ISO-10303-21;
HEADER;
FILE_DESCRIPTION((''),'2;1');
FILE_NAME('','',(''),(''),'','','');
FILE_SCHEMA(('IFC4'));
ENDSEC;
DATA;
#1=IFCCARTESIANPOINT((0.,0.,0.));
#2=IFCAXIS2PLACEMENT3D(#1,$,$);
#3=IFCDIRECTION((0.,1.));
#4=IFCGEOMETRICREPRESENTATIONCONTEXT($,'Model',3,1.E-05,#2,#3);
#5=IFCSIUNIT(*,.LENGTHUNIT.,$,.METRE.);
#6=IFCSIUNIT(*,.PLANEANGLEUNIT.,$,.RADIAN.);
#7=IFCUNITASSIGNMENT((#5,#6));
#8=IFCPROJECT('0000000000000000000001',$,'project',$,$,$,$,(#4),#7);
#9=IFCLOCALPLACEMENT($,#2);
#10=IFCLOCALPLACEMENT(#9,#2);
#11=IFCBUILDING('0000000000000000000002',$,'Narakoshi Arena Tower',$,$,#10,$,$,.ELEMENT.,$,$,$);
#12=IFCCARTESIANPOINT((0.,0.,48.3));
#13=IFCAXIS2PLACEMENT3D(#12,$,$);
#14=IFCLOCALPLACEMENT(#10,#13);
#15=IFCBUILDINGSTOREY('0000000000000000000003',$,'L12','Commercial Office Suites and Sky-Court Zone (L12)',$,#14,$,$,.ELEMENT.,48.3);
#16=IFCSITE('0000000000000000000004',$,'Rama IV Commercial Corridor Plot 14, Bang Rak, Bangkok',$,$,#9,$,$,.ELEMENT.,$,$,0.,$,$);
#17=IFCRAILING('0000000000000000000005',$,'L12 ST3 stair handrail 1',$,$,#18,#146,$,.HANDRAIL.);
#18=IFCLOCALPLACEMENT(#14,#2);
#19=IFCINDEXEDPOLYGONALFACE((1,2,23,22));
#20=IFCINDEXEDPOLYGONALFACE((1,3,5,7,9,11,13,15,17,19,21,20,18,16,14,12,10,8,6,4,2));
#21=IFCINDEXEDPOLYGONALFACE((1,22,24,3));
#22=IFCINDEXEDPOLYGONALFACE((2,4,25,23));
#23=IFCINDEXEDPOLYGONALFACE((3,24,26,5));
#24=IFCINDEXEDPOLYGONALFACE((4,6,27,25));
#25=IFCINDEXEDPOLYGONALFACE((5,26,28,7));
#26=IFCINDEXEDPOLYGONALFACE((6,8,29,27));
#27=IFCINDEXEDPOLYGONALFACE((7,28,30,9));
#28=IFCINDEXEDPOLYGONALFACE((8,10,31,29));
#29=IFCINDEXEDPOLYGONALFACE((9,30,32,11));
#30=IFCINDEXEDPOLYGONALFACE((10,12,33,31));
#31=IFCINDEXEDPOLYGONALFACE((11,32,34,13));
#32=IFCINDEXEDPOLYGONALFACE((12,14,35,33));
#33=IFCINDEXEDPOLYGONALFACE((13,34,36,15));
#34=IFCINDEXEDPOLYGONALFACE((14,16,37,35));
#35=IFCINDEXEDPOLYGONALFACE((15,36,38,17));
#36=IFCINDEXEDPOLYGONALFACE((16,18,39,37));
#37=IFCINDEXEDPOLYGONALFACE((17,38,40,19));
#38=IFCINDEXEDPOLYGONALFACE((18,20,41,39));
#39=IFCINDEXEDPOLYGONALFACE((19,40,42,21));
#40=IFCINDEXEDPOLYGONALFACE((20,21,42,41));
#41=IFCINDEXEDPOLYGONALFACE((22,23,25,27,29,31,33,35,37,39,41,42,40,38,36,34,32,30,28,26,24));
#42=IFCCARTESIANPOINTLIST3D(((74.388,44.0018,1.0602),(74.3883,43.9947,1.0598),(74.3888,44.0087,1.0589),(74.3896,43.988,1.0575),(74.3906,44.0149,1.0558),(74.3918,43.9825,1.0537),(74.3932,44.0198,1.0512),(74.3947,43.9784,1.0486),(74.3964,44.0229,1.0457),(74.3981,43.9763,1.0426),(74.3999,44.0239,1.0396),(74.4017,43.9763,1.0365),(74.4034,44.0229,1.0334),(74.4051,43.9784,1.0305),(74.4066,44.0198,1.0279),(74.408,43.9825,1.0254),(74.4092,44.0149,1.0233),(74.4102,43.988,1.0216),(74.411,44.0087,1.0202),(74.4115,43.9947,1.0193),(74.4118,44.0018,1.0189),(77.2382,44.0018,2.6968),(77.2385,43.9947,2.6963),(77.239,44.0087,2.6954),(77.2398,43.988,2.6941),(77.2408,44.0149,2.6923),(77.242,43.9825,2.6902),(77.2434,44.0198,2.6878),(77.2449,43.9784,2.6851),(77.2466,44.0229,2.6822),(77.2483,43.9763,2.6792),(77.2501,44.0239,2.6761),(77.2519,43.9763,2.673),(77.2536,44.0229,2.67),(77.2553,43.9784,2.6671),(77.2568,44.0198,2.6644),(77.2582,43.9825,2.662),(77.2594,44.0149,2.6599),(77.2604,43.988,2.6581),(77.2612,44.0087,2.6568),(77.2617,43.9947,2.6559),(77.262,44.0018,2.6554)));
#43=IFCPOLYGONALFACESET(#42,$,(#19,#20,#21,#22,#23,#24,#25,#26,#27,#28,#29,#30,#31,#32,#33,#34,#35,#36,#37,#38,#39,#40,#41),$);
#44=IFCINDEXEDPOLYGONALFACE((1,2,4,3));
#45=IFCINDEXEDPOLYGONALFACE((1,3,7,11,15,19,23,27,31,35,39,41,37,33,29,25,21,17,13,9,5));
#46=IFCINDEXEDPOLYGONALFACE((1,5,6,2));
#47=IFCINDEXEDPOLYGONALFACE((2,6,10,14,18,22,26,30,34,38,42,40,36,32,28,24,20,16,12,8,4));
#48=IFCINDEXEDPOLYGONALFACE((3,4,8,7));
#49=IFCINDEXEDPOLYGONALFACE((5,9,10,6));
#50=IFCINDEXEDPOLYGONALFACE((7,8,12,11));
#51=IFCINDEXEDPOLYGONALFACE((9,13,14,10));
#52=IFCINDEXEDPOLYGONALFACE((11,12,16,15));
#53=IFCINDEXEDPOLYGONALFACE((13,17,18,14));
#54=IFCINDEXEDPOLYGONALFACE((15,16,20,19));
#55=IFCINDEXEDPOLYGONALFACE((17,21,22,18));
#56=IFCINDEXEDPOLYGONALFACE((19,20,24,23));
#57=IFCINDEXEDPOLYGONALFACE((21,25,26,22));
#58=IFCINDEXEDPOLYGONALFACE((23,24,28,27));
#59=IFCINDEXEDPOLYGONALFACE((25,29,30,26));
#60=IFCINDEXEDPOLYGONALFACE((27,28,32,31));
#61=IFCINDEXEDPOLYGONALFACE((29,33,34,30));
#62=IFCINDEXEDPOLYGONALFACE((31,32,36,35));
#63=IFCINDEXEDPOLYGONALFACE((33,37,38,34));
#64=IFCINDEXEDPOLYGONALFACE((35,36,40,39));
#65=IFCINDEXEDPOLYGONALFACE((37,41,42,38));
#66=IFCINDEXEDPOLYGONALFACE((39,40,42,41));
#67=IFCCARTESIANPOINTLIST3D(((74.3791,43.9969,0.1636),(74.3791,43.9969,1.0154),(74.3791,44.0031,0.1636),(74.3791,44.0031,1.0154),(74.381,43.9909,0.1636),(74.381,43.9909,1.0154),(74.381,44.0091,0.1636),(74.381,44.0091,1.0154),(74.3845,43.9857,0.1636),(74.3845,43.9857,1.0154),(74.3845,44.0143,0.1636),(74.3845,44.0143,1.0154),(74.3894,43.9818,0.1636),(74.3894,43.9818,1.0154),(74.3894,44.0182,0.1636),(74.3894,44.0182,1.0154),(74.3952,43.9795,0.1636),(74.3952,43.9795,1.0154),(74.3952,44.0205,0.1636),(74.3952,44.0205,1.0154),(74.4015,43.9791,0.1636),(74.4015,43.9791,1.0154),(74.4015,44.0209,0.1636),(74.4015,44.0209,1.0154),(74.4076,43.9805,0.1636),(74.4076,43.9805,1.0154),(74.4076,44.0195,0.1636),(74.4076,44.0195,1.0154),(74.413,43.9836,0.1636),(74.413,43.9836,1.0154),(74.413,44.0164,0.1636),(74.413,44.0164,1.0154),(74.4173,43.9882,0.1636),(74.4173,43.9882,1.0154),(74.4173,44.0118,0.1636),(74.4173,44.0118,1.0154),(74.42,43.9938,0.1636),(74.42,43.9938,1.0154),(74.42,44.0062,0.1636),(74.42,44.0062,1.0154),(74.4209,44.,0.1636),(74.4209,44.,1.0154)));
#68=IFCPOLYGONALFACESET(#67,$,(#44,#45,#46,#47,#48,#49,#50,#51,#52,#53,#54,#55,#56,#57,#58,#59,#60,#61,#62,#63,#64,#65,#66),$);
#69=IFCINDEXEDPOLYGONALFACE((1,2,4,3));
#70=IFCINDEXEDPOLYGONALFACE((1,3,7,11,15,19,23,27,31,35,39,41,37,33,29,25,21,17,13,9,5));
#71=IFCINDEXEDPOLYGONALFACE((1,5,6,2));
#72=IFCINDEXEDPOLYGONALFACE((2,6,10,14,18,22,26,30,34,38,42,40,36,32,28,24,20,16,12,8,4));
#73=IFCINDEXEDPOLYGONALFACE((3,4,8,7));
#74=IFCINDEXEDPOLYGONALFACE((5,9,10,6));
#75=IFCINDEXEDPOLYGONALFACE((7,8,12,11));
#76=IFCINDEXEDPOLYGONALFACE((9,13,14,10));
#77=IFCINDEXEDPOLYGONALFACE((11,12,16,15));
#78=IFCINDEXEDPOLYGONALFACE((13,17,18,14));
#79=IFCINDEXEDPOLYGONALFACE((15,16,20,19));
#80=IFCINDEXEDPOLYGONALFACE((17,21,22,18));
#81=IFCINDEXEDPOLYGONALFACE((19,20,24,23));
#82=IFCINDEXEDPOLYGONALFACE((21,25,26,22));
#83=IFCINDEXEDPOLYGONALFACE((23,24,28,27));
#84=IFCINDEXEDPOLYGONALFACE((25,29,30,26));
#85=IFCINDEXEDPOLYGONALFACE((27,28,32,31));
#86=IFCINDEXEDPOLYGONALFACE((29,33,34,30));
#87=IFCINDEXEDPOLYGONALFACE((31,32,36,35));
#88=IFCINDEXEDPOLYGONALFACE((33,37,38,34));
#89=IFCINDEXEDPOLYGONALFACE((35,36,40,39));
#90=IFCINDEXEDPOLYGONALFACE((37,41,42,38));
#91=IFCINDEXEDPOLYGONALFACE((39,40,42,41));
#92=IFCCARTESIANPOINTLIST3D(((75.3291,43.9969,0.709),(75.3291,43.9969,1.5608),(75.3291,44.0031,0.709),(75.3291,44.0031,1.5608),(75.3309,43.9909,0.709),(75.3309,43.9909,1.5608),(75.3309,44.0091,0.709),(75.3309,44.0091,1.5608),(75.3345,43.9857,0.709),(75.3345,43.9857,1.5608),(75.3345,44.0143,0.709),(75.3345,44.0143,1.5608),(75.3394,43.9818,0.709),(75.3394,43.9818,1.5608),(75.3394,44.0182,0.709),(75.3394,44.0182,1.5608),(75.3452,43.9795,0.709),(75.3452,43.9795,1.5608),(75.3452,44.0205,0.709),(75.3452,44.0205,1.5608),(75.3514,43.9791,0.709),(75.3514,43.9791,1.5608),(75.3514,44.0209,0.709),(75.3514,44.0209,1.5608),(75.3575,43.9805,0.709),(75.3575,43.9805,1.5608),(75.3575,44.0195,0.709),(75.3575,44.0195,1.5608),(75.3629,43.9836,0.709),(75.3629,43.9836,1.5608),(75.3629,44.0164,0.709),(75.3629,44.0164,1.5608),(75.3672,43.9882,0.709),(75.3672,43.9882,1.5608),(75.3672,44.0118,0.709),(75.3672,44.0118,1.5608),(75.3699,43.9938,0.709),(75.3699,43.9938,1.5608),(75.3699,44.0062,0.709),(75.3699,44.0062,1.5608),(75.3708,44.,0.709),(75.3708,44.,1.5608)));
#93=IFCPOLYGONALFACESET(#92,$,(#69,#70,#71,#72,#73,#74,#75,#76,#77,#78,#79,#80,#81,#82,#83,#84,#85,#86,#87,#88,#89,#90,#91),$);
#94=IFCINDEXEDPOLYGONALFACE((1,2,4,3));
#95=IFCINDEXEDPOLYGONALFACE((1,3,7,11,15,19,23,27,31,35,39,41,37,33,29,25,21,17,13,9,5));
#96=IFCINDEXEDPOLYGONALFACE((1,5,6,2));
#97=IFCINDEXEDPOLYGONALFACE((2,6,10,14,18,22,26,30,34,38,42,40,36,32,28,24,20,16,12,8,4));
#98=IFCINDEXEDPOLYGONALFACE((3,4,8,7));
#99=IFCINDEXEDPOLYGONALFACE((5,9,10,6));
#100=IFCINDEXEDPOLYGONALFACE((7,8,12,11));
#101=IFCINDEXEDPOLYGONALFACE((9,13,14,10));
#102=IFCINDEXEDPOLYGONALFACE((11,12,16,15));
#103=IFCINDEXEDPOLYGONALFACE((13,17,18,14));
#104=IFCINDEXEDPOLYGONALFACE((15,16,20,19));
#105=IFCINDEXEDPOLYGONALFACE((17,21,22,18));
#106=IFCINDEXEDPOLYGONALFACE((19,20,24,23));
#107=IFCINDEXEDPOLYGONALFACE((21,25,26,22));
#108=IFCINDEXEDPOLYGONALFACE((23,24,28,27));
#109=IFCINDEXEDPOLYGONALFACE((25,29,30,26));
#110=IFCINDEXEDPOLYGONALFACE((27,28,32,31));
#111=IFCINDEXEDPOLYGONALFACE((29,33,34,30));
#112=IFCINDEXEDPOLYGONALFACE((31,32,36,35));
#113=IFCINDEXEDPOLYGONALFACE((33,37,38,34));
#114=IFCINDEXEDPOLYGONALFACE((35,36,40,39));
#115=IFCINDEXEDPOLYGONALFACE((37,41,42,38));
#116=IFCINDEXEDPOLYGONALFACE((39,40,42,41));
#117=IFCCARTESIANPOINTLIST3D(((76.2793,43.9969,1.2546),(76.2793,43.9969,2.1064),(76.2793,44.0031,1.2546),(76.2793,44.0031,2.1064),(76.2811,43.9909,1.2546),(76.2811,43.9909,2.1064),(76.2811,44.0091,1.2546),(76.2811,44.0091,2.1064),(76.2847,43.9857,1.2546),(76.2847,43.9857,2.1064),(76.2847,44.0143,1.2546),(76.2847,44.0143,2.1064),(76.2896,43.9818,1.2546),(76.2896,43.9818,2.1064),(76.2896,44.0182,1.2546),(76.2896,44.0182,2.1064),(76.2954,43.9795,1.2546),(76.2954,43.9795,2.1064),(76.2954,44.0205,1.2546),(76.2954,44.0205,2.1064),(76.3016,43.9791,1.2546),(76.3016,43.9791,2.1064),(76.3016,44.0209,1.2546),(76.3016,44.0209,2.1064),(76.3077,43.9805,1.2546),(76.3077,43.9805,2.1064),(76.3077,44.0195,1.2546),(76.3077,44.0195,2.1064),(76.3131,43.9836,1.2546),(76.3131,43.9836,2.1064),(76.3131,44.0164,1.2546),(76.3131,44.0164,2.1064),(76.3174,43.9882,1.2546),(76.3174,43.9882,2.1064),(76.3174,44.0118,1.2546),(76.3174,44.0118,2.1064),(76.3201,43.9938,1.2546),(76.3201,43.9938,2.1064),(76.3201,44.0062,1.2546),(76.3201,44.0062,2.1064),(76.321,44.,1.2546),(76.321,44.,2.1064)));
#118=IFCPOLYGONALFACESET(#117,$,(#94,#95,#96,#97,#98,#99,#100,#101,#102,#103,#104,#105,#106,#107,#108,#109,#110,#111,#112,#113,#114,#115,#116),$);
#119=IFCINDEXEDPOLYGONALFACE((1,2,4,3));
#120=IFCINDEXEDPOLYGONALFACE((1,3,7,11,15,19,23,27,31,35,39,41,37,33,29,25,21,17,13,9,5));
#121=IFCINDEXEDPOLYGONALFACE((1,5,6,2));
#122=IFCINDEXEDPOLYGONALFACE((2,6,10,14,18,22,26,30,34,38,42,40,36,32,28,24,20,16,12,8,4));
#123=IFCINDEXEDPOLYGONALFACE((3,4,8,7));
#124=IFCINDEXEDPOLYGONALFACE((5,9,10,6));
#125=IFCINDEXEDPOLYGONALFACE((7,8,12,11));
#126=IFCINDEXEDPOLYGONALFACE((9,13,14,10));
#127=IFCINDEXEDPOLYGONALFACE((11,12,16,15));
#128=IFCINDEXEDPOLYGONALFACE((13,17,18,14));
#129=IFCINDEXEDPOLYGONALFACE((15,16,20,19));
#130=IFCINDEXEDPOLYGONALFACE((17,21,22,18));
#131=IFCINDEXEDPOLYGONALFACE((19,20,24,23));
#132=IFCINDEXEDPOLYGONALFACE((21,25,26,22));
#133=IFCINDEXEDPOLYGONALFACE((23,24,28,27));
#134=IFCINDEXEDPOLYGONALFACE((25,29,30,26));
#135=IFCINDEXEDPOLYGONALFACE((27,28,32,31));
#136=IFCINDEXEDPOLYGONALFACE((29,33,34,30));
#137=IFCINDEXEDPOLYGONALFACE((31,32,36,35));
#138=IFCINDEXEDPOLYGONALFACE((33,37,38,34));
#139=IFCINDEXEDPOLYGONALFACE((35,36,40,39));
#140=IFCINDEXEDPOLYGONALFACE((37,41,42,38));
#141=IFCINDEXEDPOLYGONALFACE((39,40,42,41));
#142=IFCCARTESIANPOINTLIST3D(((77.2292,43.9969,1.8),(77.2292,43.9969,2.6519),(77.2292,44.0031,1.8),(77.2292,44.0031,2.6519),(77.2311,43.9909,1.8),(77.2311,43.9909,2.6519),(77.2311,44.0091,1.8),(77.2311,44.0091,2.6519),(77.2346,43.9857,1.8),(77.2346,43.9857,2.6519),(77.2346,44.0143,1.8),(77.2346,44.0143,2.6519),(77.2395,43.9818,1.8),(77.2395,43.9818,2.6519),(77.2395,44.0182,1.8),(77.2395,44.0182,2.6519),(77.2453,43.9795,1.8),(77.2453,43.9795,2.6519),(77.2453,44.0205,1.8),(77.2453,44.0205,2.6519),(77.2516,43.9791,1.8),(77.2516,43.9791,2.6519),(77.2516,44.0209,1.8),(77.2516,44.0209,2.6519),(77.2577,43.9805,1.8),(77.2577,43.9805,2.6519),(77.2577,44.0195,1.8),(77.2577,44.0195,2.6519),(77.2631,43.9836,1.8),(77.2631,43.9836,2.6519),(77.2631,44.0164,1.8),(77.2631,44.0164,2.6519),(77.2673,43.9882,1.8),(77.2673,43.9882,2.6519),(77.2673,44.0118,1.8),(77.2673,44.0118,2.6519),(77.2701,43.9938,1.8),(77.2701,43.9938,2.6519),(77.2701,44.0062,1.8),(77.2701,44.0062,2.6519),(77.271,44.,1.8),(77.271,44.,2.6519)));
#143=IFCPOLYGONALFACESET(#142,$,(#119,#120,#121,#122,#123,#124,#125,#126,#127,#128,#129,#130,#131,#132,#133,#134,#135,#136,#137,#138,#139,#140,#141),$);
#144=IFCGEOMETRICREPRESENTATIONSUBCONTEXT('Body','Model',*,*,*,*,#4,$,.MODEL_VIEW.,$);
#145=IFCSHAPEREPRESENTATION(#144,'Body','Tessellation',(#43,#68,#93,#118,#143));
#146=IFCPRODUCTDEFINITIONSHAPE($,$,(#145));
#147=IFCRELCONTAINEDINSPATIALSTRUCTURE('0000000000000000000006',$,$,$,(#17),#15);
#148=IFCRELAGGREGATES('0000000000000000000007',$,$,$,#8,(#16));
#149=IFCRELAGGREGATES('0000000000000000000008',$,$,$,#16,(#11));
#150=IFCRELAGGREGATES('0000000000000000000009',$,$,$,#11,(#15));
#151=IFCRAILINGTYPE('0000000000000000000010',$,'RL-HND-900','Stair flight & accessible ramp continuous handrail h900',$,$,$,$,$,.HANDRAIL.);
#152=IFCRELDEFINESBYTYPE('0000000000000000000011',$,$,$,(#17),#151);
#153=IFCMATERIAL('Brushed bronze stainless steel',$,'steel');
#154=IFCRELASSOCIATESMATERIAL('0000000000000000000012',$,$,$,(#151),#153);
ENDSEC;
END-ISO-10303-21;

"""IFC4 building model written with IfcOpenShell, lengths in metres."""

from ifc_helpers import new_model, si_unit, direction, frame, origin, origin_2d, place, context, subcontext, project, spatial, circle, extrude, material, type_object, element, save


model = new_model("IFC4")

# Units and contexts
model_context = context("Model", 3, precision=1e-05, world=origin(), true_north=direction((0.0, 1.0)))
body_context = subcontext(model_context, "Body", "Model", "MODEL_VIEW")
ifc_project = project(units=[si_unit("LENGTHUNIT", "METRE"), si_unit("PLANEANGLEUNIT", "RADIAN")], contexts=[model_context])

# Site, building, storey
site_placement = place(None, origin())
site = spatial("IfcSite", under=ifc_project, at=site_placement, Name="Rama IV Commercial Corridor Plot 14, Bang Rak, Bangkok", CompositionType="ELEMENT", RefElevation=0.0)
building_placement = place(site_placement, origin())
building = spatial("IfcBuilding", under=site, at=building_placement, Name="Narakoshi Arena Tower", CompositionType="ELEMENT")
storey_placement = place(building_placement, frame((0.0, 0.0, 48.3)))
storey = spatial("IfcBuildingStorey", under=building, at=storey_placement, Name="L12", Description="Commercial Office Suites and Sky-Court Zone (L12)", CompositionType="ELEMENT", Elevation=48.3)

# Shared definitions
ifc_material_1 = material(Name="Brushed bronze stainless steel", Category="steel")

# Railing
railing_type_1 = type_object("IfcRailingType", Name="RL-HND-900", Description="Stair flight & accessible ramp continuous handrail h900", PredefinedType="HANDRAIL", material=ifc_material_1)
railing_1_placement = place(storey_placement, frame((74.3999, 44.0, 0.1636)))
element("IfcRailing", 1, at=railing_1_placement, inside=storey, type_object=railing_type_1, Name="L12 ST3 stair handrail 1", PredefinedType="HANDRAIL", context=body_context, shape_type="SweptSolid", body=[
    extrude(circle(Radius=0.0239, at=origin_2d()), frame((0.0, 0.0, 0.876), z_axis=(0.867213, 0.0, 0.497938), x_axis=(0.0, 1.0, 0.0)), (0.0, 0.0, 1.0), 3.2866),
    extrude(circle(Radius=0.021, at=origin_2d()), origin(), (0.0, 0.0, 1.0), 0.8518),
    extrude(circle(Radius=0.021, at=origin_2d()), frame((0.95, 0.0, 0.5454)), (0.0, 0.0, 1.0), 0.8518),
    extrude(circle(Radius=0.021, at=origin_2d()), frame((1.9001, 0.0, 1.0911)), (0.0, 0.0, 1.0), 0.8518),
    extrude(circle(Radius=0.021, at=origin_2d()), frame((2.8501, 0.0, 1.6365)), (0.0, 0.0, 1.0), 0.8518),
])

save(model, "model.ifc")
